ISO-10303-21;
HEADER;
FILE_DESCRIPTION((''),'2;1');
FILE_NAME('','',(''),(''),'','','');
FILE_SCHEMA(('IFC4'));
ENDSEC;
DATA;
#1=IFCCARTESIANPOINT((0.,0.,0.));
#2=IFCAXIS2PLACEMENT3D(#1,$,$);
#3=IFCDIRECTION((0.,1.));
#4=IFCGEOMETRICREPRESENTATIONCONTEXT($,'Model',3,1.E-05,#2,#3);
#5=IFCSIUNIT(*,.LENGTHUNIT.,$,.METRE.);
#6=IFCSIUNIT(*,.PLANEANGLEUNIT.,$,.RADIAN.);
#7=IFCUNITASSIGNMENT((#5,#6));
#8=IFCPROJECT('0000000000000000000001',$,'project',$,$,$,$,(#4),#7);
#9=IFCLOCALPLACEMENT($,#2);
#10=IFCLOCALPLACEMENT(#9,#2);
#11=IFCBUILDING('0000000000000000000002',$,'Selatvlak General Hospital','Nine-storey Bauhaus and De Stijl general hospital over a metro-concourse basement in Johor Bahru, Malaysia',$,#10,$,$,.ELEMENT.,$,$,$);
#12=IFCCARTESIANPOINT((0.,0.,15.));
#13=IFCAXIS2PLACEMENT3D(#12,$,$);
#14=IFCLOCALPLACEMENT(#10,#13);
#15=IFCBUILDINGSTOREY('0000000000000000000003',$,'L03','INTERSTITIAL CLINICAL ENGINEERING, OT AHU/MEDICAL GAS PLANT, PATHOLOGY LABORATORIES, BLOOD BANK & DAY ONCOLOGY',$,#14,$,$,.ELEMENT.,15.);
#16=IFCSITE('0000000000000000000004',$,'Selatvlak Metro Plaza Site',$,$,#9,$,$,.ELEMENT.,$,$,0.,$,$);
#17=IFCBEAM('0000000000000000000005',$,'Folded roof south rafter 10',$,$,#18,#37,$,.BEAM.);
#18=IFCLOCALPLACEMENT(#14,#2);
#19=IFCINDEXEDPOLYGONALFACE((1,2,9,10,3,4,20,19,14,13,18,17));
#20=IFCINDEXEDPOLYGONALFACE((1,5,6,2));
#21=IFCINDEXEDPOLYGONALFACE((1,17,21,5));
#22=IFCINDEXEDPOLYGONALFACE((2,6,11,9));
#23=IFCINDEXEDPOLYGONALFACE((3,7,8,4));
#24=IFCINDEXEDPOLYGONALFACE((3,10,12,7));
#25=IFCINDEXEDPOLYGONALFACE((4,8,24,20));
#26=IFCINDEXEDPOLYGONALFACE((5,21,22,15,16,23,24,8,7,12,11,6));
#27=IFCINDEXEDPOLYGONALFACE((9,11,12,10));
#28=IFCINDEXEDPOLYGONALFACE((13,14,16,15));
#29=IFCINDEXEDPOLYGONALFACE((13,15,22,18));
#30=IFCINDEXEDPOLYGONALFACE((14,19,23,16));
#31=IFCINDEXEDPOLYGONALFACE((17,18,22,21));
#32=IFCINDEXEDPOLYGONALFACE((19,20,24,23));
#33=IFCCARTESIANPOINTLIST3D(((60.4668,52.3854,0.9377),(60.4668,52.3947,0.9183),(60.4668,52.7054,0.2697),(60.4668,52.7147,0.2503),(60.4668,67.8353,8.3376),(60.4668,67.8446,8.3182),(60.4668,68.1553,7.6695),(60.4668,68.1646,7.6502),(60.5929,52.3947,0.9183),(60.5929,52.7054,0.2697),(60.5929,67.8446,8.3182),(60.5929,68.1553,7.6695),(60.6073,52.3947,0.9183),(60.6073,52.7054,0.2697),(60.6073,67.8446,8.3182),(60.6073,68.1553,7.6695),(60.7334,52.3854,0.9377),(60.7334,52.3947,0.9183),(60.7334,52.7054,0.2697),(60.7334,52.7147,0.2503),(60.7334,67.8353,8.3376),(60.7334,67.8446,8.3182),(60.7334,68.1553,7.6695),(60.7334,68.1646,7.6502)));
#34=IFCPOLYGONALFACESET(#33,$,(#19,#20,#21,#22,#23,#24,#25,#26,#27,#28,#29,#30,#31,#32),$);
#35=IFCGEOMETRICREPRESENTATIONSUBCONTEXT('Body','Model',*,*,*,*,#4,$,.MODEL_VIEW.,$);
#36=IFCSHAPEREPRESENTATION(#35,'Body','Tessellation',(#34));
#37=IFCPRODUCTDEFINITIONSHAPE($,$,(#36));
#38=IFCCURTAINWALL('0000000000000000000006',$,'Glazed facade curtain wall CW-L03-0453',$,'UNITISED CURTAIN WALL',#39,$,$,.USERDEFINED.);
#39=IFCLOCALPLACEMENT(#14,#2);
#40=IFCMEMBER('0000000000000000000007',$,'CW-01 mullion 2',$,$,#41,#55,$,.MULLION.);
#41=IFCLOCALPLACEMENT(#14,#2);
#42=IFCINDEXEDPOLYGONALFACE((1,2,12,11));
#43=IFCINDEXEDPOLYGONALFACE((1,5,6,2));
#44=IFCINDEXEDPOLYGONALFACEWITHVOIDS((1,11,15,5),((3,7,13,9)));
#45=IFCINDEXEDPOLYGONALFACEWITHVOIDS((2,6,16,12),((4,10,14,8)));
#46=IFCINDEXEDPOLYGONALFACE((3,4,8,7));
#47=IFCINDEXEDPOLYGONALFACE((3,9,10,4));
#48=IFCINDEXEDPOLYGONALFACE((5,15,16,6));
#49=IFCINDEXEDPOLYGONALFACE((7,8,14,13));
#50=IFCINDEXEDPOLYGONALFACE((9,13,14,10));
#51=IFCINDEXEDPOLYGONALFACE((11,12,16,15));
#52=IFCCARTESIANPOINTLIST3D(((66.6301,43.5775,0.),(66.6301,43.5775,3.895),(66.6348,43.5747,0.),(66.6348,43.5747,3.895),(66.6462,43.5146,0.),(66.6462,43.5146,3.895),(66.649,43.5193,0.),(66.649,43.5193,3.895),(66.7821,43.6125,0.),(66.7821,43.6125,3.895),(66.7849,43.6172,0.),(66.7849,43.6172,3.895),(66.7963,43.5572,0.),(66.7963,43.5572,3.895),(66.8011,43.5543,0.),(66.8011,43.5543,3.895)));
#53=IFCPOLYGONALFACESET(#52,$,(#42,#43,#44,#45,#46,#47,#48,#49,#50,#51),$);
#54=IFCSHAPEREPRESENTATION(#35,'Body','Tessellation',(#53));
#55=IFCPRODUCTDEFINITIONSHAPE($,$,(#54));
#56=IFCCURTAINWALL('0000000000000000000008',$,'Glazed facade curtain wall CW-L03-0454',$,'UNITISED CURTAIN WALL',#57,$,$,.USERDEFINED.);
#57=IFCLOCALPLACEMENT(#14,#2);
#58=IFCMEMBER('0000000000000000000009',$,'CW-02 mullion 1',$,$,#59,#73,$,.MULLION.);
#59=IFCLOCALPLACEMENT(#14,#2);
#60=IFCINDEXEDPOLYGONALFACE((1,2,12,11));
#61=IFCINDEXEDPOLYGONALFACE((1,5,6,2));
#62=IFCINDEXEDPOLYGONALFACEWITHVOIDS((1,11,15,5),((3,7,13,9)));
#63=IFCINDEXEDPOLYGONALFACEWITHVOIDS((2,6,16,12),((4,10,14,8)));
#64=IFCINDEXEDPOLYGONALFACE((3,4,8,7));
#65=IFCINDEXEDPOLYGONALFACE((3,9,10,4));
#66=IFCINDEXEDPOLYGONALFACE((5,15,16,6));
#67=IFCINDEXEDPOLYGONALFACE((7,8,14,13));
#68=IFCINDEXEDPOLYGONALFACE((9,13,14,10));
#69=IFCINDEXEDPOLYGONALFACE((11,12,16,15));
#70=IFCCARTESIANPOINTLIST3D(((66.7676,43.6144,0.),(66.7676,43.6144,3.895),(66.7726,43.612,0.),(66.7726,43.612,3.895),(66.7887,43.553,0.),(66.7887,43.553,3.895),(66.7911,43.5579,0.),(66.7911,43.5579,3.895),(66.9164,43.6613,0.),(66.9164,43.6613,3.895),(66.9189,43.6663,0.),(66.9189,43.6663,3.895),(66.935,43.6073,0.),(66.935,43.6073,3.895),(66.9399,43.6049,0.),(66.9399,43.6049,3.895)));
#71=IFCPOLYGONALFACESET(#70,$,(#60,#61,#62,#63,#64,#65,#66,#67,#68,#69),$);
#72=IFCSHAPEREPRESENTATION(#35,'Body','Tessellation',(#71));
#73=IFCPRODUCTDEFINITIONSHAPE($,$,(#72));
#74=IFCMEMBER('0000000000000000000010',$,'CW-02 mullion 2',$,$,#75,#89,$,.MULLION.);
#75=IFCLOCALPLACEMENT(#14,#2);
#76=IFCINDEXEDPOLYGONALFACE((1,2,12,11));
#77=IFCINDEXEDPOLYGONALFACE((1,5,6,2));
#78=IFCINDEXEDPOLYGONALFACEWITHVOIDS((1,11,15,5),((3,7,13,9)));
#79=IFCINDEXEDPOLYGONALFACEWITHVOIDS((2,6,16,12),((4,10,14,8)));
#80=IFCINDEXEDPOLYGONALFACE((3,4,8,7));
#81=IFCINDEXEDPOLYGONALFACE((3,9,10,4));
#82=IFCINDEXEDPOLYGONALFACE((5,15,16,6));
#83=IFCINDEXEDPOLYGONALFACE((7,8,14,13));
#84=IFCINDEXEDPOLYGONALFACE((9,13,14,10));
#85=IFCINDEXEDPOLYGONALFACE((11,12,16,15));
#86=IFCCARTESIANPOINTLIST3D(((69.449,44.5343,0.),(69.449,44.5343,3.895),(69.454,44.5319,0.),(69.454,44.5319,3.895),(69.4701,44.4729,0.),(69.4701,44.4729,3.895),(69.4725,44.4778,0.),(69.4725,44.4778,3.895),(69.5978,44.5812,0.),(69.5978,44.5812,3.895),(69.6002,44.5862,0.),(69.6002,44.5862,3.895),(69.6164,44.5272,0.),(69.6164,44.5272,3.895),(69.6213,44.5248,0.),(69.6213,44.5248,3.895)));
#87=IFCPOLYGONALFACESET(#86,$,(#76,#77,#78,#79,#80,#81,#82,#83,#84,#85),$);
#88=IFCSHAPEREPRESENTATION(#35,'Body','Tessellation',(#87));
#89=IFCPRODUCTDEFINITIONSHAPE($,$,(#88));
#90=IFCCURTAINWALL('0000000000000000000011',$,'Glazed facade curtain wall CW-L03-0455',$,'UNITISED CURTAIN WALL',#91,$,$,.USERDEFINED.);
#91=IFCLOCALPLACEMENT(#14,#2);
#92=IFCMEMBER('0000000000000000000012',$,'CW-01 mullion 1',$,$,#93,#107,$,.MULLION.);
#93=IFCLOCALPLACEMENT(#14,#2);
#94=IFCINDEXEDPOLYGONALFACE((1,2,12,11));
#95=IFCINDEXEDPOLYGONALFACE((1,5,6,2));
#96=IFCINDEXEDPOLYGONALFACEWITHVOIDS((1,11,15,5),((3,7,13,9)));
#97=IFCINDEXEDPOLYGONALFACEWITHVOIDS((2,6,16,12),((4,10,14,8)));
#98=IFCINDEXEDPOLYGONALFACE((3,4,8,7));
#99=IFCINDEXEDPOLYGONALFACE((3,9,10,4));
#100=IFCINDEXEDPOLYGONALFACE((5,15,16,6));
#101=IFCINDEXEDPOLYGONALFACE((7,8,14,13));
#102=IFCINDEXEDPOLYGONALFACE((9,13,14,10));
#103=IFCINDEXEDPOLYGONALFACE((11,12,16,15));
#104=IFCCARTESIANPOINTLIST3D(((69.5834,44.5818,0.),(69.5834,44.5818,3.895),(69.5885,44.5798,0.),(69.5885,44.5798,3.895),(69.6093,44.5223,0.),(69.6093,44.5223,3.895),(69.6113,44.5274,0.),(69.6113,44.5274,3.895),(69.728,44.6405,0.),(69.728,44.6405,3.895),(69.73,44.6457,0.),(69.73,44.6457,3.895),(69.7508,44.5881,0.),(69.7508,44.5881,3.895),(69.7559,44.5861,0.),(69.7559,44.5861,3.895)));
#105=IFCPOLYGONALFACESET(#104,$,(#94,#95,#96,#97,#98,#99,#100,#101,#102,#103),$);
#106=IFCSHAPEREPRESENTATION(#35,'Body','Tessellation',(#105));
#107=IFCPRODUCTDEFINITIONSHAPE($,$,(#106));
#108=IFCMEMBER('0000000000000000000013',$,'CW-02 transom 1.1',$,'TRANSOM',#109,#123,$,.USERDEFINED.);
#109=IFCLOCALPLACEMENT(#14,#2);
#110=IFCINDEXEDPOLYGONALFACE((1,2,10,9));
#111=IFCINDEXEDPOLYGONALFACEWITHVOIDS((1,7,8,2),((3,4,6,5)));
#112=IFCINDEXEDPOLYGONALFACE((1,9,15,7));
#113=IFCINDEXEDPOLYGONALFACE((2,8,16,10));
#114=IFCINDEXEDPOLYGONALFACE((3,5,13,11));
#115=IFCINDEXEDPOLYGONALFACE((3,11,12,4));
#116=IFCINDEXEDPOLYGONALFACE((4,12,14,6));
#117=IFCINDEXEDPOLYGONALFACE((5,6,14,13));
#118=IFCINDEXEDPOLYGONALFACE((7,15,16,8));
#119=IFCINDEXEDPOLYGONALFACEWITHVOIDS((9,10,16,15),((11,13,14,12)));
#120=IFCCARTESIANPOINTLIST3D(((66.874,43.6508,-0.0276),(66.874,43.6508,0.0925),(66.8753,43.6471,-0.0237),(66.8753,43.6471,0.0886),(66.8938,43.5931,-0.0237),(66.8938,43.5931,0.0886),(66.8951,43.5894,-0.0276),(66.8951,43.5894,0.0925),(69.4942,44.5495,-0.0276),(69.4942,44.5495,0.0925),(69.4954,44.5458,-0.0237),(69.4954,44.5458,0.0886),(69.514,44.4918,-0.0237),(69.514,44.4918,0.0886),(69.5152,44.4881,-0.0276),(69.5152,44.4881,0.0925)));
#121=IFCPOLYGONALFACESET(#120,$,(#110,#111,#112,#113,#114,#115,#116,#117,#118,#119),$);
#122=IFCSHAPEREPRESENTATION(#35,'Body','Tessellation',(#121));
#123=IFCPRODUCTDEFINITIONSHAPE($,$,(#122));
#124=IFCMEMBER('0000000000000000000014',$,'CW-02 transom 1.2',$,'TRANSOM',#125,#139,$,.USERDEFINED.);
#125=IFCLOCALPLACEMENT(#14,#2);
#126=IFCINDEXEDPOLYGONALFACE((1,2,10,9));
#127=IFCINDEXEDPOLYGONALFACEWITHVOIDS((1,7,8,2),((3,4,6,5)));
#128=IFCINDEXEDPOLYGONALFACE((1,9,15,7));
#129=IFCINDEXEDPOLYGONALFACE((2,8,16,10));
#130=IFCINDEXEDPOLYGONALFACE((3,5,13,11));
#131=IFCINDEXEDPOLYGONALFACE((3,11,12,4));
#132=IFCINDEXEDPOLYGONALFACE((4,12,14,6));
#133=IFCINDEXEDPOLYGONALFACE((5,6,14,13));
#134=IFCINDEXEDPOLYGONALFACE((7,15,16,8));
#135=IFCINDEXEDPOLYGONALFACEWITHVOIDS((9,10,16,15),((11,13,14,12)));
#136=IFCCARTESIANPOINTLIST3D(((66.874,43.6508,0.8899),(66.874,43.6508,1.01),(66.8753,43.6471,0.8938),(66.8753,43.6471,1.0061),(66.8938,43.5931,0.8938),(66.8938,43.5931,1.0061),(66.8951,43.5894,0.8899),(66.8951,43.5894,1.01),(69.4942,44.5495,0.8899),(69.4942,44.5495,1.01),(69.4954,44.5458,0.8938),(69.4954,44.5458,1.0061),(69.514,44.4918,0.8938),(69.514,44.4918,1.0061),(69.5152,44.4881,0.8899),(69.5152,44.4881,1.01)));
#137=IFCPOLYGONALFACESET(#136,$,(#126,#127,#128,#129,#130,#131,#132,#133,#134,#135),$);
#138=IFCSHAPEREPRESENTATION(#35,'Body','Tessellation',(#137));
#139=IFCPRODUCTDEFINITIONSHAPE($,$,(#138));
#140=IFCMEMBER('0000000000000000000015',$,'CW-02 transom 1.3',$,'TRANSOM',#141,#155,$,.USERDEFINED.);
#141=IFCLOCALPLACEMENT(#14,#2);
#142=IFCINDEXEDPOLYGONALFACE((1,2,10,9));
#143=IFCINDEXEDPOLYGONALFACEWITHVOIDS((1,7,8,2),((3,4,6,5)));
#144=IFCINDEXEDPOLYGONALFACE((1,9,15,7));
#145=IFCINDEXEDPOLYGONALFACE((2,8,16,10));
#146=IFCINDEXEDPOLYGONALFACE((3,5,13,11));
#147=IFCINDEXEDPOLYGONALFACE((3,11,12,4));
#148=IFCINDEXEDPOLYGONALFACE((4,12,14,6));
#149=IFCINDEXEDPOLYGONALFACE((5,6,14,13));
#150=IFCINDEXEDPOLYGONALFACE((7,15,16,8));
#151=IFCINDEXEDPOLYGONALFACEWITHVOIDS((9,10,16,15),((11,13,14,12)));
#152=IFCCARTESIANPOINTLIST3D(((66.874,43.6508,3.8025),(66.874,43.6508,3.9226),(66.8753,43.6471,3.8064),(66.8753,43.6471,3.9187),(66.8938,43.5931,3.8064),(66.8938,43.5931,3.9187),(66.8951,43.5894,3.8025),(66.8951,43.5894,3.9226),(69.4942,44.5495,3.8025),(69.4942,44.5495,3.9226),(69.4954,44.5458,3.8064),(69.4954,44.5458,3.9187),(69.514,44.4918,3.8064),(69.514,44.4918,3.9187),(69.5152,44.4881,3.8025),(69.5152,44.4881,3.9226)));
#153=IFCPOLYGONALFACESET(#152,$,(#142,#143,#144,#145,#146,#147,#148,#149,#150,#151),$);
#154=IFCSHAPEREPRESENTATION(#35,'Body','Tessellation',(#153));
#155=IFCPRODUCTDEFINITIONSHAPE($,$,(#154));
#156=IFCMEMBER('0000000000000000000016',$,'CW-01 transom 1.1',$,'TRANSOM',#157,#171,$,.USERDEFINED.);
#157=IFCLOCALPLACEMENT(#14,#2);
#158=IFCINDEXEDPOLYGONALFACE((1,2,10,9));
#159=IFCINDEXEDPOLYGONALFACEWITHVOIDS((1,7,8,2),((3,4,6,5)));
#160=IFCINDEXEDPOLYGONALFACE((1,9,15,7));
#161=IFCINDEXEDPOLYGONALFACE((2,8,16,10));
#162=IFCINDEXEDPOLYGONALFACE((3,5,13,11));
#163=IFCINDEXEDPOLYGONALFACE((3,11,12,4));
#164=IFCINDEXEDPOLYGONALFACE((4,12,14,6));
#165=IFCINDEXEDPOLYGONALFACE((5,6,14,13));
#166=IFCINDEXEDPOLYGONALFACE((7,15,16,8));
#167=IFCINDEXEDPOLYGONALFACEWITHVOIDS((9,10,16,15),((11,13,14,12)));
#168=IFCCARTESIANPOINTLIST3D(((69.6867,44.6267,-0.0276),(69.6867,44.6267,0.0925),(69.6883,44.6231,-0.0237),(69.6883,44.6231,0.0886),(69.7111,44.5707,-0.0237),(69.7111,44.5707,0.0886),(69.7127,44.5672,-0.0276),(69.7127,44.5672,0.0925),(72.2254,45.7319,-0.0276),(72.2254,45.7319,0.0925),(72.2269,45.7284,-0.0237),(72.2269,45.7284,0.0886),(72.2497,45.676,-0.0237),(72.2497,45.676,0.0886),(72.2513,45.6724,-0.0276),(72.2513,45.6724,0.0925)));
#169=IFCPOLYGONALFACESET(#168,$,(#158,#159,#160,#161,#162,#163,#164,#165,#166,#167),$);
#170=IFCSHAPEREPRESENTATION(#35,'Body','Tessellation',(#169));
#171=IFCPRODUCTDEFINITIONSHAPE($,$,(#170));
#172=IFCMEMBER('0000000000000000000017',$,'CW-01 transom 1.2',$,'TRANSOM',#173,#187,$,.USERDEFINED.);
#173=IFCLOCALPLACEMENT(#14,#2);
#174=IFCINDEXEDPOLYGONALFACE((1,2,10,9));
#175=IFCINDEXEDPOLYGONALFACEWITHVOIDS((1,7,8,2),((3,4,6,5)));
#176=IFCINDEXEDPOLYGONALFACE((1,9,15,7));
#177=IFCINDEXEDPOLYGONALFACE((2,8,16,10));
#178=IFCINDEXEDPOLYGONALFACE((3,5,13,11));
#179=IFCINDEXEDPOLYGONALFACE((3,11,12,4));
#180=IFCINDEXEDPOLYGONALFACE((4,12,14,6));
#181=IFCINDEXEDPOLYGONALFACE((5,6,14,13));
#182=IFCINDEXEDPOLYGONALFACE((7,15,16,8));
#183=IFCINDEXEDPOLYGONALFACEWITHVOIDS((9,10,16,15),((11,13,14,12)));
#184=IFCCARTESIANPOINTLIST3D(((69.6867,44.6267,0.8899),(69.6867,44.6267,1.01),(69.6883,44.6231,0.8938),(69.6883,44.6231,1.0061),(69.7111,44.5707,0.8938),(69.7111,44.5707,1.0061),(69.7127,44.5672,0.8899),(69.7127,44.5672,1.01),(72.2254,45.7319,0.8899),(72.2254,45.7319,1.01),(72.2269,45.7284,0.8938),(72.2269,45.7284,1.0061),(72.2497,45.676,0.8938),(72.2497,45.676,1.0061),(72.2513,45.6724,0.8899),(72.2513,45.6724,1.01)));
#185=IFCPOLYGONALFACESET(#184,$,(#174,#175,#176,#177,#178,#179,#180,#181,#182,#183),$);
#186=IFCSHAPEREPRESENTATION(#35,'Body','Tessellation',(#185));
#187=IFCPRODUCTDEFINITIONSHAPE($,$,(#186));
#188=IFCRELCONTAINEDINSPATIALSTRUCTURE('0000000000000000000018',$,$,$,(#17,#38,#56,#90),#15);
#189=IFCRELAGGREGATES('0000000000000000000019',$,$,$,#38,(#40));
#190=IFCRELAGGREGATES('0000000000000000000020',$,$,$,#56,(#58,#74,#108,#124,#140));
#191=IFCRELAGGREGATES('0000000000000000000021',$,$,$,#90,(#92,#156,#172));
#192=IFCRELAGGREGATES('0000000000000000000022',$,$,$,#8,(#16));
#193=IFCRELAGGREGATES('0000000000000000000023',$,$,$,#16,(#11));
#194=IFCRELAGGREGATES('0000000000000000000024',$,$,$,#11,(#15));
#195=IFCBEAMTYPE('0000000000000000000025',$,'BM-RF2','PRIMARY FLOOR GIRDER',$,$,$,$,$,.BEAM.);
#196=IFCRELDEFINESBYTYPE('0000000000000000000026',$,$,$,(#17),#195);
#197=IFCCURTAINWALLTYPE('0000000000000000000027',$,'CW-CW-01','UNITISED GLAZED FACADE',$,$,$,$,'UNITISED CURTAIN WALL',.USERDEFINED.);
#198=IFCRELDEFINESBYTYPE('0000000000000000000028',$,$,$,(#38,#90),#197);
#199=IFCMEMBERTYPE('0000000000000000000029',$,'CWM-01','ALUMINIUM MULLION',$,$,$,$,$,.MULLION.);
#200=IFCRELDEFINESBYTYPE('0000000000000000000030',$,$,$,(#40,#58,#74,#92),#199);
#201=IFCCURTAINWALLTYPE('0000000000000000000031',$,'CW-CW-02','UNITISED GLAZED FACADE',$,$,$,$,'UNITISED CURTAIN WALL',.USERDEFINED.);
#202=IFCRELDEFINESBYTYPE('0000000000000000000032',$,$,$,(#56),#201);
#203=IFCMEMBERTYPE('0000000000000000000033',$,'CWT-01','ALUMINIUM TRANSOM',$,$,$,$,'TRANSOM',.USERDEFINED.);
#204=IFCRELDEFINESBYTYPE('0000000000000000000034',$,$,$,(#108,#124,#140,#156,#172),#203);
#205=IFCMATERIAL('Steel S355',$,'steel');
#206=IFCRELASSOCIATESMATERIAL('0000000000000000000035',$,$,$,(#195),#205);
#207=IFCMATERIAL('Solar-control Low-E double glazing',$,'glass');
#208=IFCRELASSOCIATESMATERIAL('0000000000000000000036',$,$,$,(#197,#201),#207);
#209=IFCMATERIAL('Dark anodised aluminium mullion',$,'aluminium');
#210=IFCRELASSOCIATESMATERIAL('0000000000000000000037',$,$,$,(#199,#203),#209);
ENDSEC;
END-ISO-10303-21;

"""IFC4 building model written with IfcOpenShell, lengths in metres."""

from ifc_helpers import new_model, si_unit, direction, frame, origin, origin_2d, place, context, subcontext, project, spatial, hollow_rectangle, i_section, extrude, material, material_profile, profile_set, type_object, element, aggregate, save


model = new_model("IFC4")

# Units and contexts
model_context = context("Model", 3, precision=1e-05, world=origin(), true_north=direction((0.0, 1.0)))
body_context = subcontext(model_context, "Body", "Model", "MODEL_VIEW")
ifc_project = project(units=[si_unit("LENGTHUNIT", "METRE"), si_unit("PLANEANGLEUNIT", "RADIAN")], contexts=[model_context])

# Site, building, storey
site_placement = place(None, origin())
site = spatial("IfcSite", under=ifc_project, at=site_placement, Name="Selatvlak Metro Plaza Site", CompositionType="ELEMENT", RefElevation=0.0)
building_placement = place(site_placement, origin())
building = spatial("IfcBuilding", under=site, at=building_placement, Name="Selatvlak General Hospital", Description="Nine-storey Bauhaus and De Stijl general hospital over a metro-concourse basement in Johor Bahru, Malaysia", CompositionType="ELEMENT")
storey_placement = place(building_placement, frame((0.0, 0.0, 15.0)))
storey = spatial("IfcBuildingStorey", under=building, at=storey_placement, Name="L03", Description="INTERSTITIAL CLINICAL ENGINEERING, OT AHU/MEDICAL GAS PLANT, PATHOLOGY LABORATORIES, BLOOD BANK & DAY ONCOLOGY", CompositionType="ELEMENT", Elevation=15.0)

# Beam
ifc_material_1 = material(Name="Steel S355", Category="steel")
ifc_material_profile_1 = material_profile(ifc_material_1, i_section(OverallWidth=0.2666, OverallDepth=0.7622, WebThickness=0.0144, FlangeThickness=0.0215, at=origin_2d()), Name="UB 762x267x173")
ifc_profile_set_1 = profile_set([ifc_material_profile_1], Name="Steel S355")
beam_type = type_object("IfcBeamType", Name="BM-RF2", Description="PRIMARY FLOOR GIRDER", PredefinedType="BEAM", material=ifc_profile_set_1)
beam_placement = place(storey_placement, frame((60.6001, 52.55, 0.594), z_axis=(0.0, 0.901889, 0.431968), x_axis=(-1.0, 0.0, 0.0)))
element("IfcBeam", 1, at=beam_placement, inside=storey, type_object=beam_type, Name="Folded roof south rafter 10", PredefinedType="BEAM", context=body_context, shape_type="SweptSolid", body=[
    extrude(i_section(OverallWidth=0.2666, OverallDepth=0.7622, WebThickness=0.0144, FlangeThickness=0.0215, at=origin_2d()), origin(), (0.0, 0.0, 1.0), 17.1306),
])

# Curtain wall, member
ifc_material_2 = material(Name="Solar-control Low-E double glazing", Category="glass")
curtain_wall_type_1 = type_object("IfcCurtainWallType", Name="CW-CW-01", Description="UNITISED GLAZED FACADE", ElementType="UNITISED CURTAIN WALL", PredefinedType="USERDEFINED", material=ifc_material_2)
curtain_wall_1_placement = place(storey_placement, origin())
curtain_wall_1 = element("IfcCurtainWall", 2, at=curtain_wall_1_placement, inside=storey, type_object=curtain_wall_type_1, Name="Glazed facade curtain wall CW-L03-0453", ObjectType="UNITISED CURTAIN WALL", PredefinedType="USERDEFINED")
ifc_material_3 = material(Name="Dark anodised aluminium mullion", Category="aluminium")
ifc_material_profile_2 = material_profile(ifc_material_3, hollow_rectangle(XDim=0.0649, YDim=0.1599, WallThickness=0.0039, at=origin_2d()), Name="AL-MUL 65x160x4")
ifc_profile_set_2 = profile_set([ifc_material_profile_2], Name="Dark anodised aluminium mullion")
member_type_1 = type_object("IfcMemberType", Name="CWM-01", Description="ALUMINIUM MULLION", PredefinedType="MULLION", material=ifc_profile_set_2)
member_1_placement = place(storey_placement, frame((66.7156, 43.5659, 0.0), z_axis=(0.0, 0.0, 1.0), x_axis=(-0.248607, 0.968604, 0.0)))
member_1 = element("IfcMember", 3, at=member_1_placement, type_object=member_type_1, Name="CW-01 mullion 2", PredefinedType="MULLION", context=body_context, shape_type="SweptSolid", body=[
    extrude(hollow_rectangle(XDim=0.0649, YDim=0.1599, WallThickness=0.0039, at=origin_2d()), origin(), (0.0, 0.0, 1.0), 3.895),
])
aggregate(curtain_wall_1, [member_1])

# Curtain wall, members
curtain_wall_type_2 = type_object("IfcCurtainWallType", Name="CW-CW-02", Description="UNITISED GLAZED FACADE", ElementType="UNITISED CURTAIN WALL", PredefinedType="USERDEFINED", material=ifc_material_2)
curtain_wall_2_placement = place(storey_placement, origin())
curtain_wall_2 = element("IfcCurtainWall", 4, at=curtain_wall_2_placement, inside=storey, type_object=curtain_wall_type_2, Name="Glazed facade curtain wall CW-L03-0454", ObjectType="UNITISED CURTAIN WALL", PredefinedType="USERDEFINED")
member_2_placement = place(storey_placement, frame((66.8538, 43.6096, 0.0), z_axis=(0.0, 0.0, 1.0), x_axis=(-0.324492, 0.945889, 0.0)))
member_2 = element("IfcMember", 5, at=member_2_placement, type_object=member_type_1, Name="CW-02 mullion 1", PredefinedType="MULLION", context=body_context, shape_type="SweptSolid", body=[
    extrude(hollow_rectangle(XDim=0.0649, YDim=0.1599, WallThickness=0.0039, at=origin_2d()), origin(), (0.0, 0.0, 1.0), 3.895),
])
member_3_placement = place(storey_placement, frame((69.5352, 44.5295, 0.0), z_axis=(0.0, 0.0, 1.0), x_axis=(-0.324492, 0.945889, 0.0)))
member_3 = element("IfcMember", 6, at=member_3_placement, type_object=member_type_1, Name="CW-02 mullion 2", PredefinedType="MULLION", context=body_context, shape_type="SweptSolid", body=[
    extrude(hollow_rectangle(XDim=0.0649, YDim=0.1599, WallThickness=0.0039, at=origin_2d()), origin(), (0.0, 0.0, 1.0), 3.895),
])

# Curtain wall, member
curtain_wall_3_placement = place(storey_placement, origin())
curtain_wall_3 = element("IfcCurtainWall", 7, at=curtain_wall_3_placement, inside=storey, type_object=curtain_wall_type_1, Name="Glazed facade curtain wall CW-L03-0455", ObjectType="UNITISED CURTAIN WALL", PredefinedType="USERDEFINED")
member_4_placement = place(storey_placement, frame((69.6697, 44.584, 0.0), z_axis=(0.0, 0.0, 1.0), x_axis=(-0.399117, 0.9169, 0.0)))
member_4 = element("IfcMember", 8, at=member_4_placement, type_object=member_type_1, Name="CW-01 mullion 1", PredefinedType="MULLION", context=body_context, shape_type="SweptSolid", body=[
    extrude(hollow_rectangle(XDim=0.0649, YDim=0.1599, WallThickness=0.0039, at=origin_2d()), origin(), (0.0, 0.0, 1.0), 3.895),
])

# Members
ifc_material_profile_3 = material_profile(ifc_material_3, hollow_rectangle(XDim=0.0649, YDim=0.1201, WallThickness=0.0039, at=origin_2d()), Name="AL-TRN 65x120x4")
ifc_profile_set_3 = profile_set([ifc_material_profile_3], Name="Dark anodised aluminium mullion")
member_type_2 = type_object("IfcMemberType", Name="CWT-01", Description="ALUMINIUM TRANSOM", ElementType="TRANSOM", PredefinedType="USERDEFINED", material=ifc_profile_set_3)
member_5_placement = place(storey_placement, frame((66.8845, 43.6201, 0.0325), z_axis=(0.945907, 0.324439, 0.0), x_axis=(-0.324439, 0.945907, 0.0)))
member_5 = element("IfcMember", 9, at=member_5_placement, type_object=member_type_2, Name="CW-02 transom 1.1", ObjectType="TRANSOM", PredefinedType="USERDEFINED", context=body_context, shape_type="SweptSolid", body=[
    extrude(hollow_rectangle(XDim=0.0649, YDim=0.1201, WallThickness=0.0039, at=origin_2d()), origin(), (0.0, 0.0, 1.0), 2.77),
])
member_6_placement = place(storey_placement, frame((66.8845, 43.6201, 0.95), z_axis=(0.945907, 0.324439, 0.0), x_axis=(-0.324439, 0.945907, 0.0)))
member_6 = element("IfcMember", 10, at=member_6_placement, type_object=member_type_2, Name="CW-02 transom 1.2", ObjectType="TRANSOM", PredefinedType="USERDEFINED", context=body_context, shape_type="SweptSolid", body=[
    extrude(hollow_rectangle(XDim=0.0649, YDim=0.1201, WallThickness=0.0039, at=origin_2d()), origin(), (0.0, 0.0, 1.0), 2.77),
])
member_7_placement = place(storey_placement, frame((66.8845, 43.6201, 3.8625), z_axis=(0.945907, 0.324439, 0.0), x_axis=(-0.324439, 0.945907, 0.0)))
member_7 = element("IfcMember", 11, at=member_7_placement, type_object=member_type_2, Name="CW-02 transom 1.3", ObjectType="TRANSOM", PredefinedType="USERDEFINED", context=body_context, shape_type="SweptSolid", body=[
    extrude(hollow_rectangle(XDim=0.0649, YDim=0.1201, WallThickness=0.0039, at=origin_2d()), origin(), (0.0, 0.0, 1.0), 2.77),
])
member_8_placement = place(storey_placement, frame((69.6997, 44.5969, 0.0325), z_axis=(0.916872, 0.399181, 0.0), x_axis=(-0.399181, 0.916872, 0.0)))
member_8 = element("IfcMember", 12, at=member_8_placement, type_object=member_type_2, Name="CW-01 transom 1.1", ObjectType="TRANSOM", PredefinedType="USERDEFINED", context=body_context, shape_type="SweptSolid", body=[
    extrude(hollow_rectangle(XDim=0.0649, YDim=0.1201, WallThickness=0.0039, at=origin_2d()), origin(), (0.0, 0.0, 1.0), 2.7688),
])
member_9_placement = place(storey_placement, frame((69.6997, 44.5969, 0.95), z_axis=(0.916872, 0.399181, 0.0), x_axis=(-0.399181, 0.916872, 0.0)))
member_9 = element("IfcMember", 13, at=member_9_placement, type_object=member_type_2, Name="CW-01 transom 1.2", ObjectType="TRANSOM", PredefinedType="USERDEFINED", context=body_context, shape_type="SweptSolid", body=[
    extrude(hollow_rectangle(XDim=0.0649, YDim=0.1201, WallThickness=0.0039, at=origin_2d()), origin(), (0.0, 0.0, 1.0), 2.7688),
])

aggregate(curtain_wall_2, [member_2, member_3, member_5, member_6, member_7])
aggregate(curtain_wall_3, [member_4, member_8, member_9])

save(model, "model.ifc")
